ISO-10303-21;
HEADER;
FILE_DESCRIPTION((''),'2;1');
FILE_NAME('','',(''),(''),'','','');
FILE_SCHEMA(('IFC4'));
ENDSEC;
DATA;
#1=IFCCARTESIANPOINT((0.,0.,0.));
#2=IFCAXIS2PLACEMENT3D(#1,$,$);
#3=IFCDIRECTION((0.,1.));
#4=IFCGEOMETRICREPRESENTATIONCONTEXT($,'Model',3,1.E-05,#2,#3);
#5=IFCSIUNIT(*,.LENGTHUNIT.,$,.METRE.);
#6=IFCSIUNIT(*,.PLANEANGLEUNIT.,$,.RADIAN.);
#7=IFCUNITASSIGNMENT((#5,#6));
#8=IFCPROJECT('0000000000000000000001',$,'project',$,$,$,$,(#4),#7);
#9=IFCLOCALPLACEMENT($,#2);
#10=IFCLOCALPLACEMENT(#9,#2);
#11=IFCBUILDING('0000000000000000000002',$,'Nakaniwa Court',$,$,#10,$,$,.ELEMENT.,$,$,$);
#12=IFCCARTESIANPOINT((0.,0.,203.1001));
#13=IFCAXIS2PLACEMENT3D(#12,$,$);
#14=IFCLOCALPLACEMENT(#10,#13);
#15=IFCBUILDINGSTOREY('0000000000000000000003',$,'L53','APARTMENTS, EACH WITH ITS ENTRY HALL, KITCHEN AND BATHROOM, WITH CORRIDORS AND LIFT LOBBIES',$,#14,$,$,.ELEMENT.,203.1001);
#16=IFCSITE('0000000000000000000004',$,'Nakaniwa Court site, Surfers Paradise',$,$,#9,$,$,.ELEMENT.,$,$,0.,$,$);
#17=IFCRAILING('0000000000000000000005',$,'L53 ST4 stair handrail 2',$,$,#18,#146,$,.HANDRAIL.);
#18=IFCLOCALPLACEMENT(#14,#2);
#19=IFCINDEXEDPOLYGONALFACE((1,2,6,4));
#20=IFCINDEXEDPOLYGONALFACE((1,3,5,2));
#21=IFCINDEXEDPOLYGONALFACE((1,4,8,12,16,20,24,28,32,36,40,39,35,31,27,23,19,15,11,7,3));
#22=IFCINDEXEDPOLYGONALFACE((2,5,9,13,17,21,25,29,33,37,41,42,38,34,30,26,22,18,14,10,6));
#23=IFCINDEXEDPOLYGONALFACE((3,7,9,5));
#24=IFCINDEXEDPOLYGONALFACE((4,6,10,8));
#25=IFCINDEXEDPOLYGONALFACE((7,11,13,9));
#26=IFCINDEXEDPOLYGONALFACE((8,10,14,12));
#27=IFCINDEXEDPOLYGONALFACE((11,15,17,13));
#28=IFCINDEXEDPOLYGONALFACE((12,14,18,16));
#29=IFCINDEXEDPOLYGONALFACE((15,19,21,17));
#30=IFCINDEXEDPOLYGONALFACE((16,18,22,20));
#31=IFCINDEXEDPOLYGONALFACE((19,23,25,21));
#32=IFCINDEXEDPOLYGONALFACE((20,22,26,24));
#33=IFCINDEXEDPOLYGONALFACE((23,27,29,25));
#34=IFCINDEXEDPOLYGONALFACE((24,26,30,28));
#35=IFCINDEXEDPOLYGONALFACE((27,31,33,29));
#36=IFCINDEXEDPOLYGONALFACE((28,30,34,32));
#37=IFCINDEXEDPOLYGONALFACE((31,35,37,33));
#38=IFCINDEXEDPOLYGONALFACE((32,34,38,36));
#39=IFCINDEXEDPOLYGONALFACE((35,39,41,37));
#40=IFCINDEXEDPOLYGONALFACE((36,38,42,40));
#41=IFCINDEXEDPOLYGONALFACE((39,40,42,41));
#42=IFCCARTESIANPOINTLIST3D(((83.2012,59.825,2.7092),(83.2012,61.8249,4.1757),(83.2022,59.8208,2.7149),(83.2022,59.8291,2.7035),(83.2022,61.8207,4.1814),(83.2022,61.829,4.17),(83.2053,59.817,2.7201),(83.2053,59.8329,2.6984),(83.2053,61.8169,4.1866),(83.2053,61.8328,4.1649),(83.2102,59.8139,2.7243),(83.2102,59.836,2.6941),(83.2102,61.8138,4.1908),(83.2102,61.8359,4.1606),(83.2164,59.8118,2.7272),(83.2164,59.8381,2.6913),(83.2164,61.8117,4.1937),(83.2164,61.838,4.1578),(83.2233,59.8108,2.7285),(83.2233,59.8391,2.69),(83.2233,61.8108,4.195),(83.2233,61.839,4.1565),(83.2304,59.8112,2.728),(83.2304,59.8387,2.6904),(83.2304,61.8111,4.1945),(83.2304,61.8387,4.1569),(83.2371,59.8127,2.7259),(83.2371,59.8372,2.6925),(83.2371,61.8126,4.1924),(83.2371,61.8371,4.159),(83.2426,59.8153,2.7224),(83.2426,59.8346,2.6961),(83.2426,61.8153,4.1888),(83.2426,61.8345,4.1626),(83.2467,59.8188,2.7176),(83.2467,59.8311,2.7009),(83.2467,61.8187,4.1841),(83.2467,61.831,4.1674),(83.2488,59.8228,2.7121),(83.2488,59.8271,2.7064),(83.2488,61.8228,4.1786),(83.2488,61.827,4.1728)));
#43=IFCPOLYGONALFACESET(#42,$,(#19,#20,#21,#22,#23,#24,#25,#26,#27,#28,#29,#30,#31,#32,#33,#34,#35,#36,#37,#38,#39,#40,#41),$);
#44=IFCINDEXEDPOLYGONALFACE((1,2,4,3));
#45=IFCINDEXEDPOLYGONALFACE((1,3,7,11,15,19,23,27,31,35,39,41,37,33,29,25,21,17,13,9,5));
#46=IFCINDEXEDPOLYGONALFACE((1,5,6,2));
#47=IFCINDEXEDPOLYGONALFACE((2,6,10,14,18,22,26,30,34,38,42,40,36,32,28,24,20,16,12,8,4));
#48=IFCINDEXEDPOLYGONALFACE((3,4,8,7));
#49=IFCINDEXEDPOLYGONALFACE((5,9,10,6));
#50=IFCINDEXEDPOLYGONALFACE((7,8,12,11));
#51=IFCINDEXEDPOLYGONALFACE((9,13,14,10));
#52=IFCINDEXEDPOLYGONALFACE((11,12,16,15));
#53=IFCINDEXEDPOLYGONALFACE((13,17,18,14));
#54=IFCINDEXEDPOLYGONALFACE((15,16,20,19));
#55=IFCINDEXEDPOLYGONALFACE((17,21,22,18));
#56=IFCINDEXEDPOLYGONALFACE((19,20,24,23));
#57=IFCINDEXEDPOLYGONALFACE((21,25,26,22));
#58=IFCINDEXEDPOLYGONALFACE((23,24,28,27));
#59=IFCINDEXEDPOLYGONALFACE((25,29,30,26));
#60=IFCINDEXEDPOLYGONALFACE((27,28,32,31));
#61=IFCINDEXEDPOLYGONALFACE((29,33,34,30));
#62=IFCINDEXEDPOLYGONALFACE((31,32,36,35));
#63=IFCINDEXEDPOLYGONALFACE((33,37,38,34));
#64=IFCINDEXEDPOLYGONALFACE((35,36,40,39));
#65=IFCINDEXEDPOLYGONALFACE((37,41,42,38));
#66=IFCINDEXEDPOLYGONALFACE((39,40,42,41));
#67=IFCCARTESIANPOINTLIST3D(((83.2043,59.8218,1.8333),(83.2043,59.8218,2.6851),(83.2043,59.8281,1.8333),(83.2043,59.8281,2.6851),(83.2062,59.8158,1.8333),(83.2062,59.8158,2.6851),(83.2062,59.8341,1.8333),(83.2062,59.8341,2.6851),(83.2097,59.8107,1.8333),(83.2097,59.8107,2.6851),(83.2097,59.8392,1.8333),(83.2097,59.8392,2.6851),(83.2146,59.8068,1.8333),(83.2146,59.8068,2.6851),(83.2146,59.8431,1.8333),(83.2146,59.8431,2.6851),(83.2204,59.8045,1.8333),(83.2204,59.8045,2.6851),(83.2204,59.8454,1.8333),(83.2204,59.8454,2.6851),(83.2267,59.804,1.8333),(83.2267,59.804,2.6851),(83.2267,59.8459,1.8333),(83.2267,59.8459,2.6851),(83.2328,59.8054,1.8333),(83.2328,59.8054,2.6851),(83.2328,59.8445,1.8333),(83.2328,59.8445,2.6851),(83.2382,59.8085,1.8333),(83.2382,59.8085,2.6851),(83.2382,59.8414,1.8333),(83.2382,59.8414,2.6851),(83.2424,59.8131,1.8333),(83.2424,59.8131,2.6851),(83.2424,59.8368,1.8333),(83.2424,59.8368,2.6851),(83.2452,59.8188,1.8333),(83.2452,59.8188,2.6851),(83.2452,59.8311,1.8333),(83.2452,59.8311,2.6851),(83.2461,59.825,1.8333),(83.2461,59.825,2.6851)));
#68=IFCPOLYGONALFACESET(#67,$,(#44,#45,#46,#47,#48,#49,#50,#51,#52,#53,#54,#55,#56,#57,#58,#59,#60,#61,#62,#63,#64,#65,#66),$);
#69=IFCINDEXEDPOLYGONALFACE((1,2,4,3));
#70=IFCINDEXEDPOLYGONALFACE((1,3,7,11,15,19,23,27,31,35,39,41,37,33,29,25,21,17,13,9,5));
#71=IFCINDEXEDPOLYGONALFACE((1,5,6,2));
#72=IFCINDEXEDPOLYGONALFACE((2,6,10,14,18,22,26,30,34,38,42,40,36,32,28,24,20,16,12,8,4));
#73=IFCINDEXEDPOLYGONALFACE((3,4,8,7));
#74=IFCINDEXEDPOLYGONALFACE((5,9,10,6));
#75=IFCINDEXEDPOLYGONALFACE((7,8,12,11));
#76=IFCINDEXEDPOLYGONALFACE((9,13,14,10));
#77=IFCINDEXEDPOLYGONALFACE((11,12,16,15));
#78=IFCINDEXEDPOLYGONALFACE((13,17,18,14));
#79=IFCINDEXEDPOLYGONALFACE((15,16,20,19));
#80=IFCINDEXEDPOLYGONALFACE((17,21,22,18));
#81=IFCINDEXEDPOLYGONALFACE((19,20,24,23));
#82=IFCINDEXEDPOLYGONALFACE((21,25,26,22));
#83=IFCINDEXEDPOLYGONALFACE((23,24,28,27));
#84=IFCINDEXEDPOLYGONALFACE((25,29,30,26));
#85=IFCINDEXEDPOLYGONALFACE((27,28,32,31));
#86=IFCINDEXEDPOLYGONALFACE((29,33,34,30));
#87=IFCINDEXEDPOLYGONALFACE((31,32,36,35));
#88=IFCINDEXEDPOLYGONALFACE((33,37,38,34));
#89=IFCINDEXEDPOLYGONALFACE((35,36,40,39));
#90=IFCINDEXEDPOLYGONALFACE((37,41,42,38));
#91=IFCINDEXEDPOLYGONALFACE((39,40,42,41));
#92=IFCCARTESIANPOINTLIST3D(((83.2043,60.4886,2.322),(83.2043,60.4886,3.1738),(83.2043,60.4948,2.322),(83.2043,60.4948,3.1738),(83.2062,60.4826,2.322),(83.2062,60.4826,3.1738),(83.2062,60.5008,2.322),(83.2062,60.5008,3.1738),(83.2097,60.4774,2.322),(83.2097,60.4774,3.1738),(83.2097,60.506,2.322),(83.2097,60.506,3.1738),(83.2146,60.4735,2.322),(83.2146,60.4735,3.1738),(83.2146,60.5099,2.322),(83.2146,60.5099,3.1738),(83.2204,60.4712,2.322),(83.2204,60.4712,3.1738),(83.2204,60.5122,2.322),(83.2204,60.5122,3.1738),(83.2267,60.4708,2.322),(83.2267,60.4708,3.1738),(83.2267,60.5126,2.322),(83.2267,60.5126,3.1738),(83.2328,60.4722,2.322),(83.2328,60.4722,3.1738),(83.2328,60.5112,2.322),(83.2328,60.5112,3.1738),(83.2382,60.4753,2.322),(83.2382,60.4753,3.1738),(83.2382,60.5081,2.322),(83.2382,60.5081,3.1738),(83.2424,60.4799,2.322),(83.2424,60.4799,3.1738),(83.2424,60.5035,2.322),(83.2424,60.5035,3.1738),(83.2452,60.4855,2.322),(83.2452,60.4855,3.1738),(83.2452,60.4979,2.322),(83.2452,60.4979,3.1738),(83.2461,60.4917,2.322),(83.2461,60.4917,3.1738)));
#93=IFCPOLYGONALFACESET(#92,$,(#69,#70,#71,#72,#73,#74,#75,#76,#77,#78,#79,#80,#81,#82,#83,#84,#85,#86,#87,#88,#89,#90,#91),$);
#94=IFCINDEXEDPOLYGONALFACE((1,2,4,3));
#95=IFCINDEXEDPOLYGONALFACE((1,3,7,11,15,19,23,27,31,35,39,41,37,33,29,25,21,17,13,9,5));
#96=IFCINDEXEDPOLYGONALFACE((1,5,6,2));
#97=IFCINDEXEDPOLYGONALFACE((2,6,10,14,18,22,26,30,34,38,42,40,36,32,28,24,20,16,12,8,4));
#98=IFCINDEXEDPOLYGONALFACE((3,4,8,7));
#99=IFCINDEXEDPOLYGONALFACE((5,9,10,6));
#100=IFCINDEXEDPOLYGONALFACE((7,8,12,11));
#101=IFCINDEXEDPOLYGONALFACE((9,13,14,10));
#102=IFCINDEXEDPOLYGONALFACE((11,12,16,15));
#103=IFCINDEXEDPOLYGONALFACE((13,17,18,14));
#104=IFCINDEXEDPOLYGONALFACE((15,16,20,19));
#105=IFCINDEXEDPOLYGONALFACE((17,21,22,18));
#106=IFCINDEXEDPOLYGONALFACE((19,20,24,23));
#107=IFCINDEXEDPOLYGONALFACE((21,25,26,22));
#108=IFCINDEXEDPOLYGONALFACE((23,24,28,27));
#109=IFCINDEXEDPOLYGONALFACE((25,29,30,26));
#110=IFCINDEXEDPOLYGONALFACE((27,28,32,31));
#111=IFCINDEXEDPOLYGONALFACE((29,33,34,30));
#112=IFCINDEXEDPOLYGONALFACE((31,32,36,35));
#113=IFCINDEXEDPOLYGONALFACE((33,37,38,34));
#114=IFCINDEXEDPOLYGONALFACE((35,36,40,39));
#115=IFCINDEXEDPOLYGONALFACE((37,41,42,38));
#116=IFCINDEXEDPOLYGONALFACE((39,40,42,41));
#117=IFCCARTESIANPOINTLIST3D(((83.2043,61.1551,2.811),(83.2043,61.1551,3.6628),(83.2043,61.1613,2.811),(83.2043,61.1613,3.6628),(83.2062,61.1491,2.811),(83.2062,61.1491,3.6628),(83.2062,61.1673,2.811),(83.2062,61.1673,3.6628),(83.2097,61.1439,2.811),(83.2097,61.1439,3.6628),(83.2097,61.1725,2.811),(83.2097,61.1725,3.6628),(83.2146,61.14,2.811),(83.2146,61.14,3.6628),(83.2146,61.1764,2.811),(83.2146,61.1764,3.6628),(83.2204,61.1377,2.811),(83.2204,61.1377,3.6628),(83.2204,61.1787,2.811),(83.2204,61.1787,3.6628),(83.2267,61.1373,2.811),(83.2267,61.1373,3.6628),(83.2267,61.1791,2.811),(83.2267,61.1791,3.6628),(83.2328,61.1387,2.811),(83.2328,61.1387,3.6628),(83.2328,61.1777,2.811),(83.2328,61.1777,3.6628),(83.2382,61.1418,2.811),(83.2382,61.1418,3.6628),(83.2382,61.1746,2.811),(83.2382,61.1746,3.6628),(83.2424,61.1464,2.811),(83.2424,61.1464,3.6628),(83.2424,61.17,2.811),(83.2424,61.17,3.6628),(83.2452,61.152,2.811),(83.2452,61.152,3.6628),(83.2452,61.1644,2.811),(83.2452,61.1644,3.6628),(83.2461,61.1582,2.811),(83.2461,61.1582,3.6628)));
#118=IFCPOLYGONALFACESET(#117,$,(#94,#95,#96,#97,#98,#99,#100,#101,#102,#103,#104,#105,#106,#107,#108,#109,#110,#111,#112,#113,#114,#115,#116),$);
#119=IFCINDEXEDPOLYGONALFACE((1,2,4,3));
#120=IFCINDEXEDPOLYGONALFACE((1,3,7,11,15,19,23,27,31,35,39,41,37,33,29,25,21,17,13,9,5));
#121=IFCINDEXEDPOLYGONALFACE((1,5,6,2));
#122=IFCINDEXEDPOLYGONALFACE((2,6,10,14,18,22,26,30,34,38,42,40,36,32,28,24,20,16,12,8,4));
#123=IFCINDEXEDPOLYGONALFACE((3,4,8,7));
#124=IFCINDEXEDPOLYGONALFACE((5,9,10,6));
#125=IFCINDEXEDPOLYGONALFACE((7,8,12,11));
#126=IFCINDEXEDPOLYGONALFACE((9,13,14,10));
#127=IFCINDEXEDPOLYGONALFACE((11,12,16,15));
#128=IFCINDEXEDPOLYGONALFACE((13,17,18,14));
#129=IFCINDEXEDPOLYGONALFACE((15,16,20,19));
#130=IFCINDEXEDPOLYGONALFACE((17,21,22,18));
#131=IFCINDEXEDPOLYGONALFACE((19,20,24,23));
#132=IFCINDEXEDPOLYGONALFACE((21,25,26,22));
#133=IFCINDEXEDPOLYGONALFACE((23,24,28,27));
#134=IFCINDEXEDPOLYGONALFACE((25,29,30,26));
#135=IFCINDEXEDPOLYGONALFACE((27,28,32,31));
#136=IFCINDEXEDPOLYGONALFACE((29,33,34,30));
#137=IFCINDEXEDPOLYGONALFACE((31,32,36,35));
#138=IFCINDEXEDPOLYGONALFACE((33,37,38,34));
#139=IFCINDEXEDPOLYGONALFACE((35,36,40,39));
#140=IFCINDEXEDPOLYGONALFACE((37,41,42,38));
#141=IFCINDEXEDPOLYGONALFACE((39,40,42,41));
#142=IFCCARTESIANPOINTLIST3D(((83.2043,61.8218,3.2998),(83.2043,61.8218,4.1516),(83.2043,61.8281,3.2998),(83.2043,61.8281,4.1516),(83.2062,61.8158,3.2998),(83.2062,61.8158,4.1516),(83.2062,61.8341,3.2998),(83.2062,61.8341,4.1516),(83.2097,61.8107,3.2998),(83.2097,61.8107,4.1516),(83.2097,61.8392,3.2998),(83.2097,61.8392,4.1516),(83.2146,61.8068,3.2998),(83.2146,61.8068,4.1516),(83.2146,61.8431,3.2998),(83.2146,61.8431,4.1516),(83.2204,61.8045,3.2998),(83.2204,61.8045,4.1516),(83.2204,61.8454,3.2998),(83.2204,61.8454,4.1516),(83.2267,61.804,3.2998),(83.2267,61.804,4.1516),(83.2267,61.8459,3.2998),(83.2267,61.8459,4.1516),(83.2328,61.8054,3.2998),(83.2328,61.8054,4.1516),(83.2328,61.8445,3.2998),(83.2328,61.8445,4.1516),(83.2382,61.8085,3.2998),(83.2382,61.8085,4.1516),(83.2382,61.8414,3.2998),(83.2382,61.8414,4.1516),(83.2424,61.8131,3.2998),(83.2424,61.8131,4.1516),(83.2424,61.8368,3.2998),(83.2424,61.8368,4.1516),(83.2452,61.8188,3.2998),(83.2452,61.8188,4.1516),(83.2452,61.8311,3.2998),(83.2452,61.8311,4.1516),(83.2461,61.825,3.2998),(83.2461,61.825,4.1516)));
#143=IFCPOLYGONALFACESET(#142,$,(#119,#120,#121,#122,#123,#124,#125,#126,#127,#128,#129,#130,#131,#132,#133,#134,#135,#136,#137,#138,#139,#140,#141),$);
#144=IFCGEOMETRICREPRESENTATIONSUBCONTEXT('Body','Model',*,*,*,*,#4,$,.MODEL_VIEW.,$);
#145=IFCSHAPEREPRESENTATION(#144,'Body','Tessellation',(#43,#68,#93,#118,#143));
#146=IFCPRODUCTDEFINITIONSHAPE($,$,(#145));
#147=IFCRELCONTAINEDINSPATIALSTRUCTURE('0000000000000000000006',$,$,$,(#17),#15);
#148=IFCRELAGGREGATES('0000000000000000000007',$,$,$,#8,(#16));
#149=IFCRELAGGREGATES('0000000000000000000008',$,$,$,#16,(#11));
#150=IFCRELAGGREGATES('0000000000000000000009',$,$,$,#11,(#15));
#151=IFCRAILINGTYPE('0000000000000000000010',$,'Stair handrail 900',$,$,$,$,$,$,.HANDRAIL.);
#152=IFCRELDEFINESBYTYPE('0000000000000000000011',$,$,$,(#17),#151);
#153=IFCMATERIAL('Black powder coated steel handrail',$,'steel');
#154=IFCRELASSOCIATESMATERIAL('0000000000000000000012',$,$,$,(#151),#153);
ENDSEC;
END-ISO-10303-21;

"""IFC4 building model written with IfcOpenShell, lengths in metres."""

from ifc_helpers import new_model, si_unit, direction, frame, origin, origin_2d, place, context, subcontext, project, spatial, circle, extrude, material, type_object, element, save


model = new_model("IFC4")

# Units and contexts
model_context = context("Model", 3, precision=1e-05, world=origin(), true_north=direction((0.0, 1.0)))
body_context = subcontext(model_context, "Body", "Model", "MODEL_VIEW")
ifc_project = project(units=[si_unit("LENGTHUNIT", "METRE"), si_unit("PLANEANGLEUNIT", "RADIAN")], contexts=[model_context])

# Site, building, storey
site_placement = place(None, origin())
site = spatial("IfcSite", under=ifc_project, at=site_placement, Name="Nakaniwa Court site, Surfers Paradise", CompositionType="ELEMENT", RefElevation=0.0)
building_placement = place(site_placement, origin())
building = spatial("IfcBuilding", under=site, at=building_placement, Name="Nakaniwa Court", CompositionType="ELEMENT")
storey_placement = place(building_placement, frame((0.0, 0.0, 203.1001)))
storey = spatial("IfcBuildingStorey", under=building, at=storey_placement, Name="L53", Description="APARTMENTS, EACH WITH ITS ENTRY HALL, KITCHEN AND BATHROOM, WITH CORRIDORS AND LIFT LOBBIES", CompositionType="ELEMENT", Elevation=203.1001)

# Railing
ifc_material_1 = material(Name="Black powder coated steel handrail", Category="steel")
railing_type_1 = type_object("IfcRailingType", Name="Stair handrail 900", PredefinedType="HANDRAIL", material=ifc_material_1)
railing_1_placement = place(storey_placement, frame((83.2251, 59.825, 1.8333)))
element("IfcRailing", 1, at=railing_1_placement, inside=storey, type_object=railing_type_1, Name="L53 ST4 stair handrail 2", PredefinedType="HANDRAIL", context=body_context, shape_type="SweptSolid", body=[
    extrude(circle(Radius=0.0239, at=origin_2d()), frame((0.0, 0.0, 0.876), z_axis=(0.0, 0.806427, 0.591334), x_axis=(-1.0, 0.0, 0.0)), (0.0, 0.0, 1.0), 2.48),
    extrude(circle(Radius=0.021, at=origin_2d()), origin(), (0.0, 0.0, 1.0), 0.8518),
    extrude(circle(Radius=0.021, at=origin_2d()), frame((0.0, 0.6667, 0.4888)), (0.0, 0.0, 1.0), 0.8518),
    extrude(circle(Radius=0.021, at=origin_2d()), frame((0.0, 1.3333, 0.9778)), (0.0, 0.0, 1.0), 0.8518),
    extrude(circle(Radius=0.021, at=origin_2d()), frame((0.0, 2.0, 1.4666)), (0.0, 0.0, 1.0), 0.8518),
])

save(model, "model.ifc")
